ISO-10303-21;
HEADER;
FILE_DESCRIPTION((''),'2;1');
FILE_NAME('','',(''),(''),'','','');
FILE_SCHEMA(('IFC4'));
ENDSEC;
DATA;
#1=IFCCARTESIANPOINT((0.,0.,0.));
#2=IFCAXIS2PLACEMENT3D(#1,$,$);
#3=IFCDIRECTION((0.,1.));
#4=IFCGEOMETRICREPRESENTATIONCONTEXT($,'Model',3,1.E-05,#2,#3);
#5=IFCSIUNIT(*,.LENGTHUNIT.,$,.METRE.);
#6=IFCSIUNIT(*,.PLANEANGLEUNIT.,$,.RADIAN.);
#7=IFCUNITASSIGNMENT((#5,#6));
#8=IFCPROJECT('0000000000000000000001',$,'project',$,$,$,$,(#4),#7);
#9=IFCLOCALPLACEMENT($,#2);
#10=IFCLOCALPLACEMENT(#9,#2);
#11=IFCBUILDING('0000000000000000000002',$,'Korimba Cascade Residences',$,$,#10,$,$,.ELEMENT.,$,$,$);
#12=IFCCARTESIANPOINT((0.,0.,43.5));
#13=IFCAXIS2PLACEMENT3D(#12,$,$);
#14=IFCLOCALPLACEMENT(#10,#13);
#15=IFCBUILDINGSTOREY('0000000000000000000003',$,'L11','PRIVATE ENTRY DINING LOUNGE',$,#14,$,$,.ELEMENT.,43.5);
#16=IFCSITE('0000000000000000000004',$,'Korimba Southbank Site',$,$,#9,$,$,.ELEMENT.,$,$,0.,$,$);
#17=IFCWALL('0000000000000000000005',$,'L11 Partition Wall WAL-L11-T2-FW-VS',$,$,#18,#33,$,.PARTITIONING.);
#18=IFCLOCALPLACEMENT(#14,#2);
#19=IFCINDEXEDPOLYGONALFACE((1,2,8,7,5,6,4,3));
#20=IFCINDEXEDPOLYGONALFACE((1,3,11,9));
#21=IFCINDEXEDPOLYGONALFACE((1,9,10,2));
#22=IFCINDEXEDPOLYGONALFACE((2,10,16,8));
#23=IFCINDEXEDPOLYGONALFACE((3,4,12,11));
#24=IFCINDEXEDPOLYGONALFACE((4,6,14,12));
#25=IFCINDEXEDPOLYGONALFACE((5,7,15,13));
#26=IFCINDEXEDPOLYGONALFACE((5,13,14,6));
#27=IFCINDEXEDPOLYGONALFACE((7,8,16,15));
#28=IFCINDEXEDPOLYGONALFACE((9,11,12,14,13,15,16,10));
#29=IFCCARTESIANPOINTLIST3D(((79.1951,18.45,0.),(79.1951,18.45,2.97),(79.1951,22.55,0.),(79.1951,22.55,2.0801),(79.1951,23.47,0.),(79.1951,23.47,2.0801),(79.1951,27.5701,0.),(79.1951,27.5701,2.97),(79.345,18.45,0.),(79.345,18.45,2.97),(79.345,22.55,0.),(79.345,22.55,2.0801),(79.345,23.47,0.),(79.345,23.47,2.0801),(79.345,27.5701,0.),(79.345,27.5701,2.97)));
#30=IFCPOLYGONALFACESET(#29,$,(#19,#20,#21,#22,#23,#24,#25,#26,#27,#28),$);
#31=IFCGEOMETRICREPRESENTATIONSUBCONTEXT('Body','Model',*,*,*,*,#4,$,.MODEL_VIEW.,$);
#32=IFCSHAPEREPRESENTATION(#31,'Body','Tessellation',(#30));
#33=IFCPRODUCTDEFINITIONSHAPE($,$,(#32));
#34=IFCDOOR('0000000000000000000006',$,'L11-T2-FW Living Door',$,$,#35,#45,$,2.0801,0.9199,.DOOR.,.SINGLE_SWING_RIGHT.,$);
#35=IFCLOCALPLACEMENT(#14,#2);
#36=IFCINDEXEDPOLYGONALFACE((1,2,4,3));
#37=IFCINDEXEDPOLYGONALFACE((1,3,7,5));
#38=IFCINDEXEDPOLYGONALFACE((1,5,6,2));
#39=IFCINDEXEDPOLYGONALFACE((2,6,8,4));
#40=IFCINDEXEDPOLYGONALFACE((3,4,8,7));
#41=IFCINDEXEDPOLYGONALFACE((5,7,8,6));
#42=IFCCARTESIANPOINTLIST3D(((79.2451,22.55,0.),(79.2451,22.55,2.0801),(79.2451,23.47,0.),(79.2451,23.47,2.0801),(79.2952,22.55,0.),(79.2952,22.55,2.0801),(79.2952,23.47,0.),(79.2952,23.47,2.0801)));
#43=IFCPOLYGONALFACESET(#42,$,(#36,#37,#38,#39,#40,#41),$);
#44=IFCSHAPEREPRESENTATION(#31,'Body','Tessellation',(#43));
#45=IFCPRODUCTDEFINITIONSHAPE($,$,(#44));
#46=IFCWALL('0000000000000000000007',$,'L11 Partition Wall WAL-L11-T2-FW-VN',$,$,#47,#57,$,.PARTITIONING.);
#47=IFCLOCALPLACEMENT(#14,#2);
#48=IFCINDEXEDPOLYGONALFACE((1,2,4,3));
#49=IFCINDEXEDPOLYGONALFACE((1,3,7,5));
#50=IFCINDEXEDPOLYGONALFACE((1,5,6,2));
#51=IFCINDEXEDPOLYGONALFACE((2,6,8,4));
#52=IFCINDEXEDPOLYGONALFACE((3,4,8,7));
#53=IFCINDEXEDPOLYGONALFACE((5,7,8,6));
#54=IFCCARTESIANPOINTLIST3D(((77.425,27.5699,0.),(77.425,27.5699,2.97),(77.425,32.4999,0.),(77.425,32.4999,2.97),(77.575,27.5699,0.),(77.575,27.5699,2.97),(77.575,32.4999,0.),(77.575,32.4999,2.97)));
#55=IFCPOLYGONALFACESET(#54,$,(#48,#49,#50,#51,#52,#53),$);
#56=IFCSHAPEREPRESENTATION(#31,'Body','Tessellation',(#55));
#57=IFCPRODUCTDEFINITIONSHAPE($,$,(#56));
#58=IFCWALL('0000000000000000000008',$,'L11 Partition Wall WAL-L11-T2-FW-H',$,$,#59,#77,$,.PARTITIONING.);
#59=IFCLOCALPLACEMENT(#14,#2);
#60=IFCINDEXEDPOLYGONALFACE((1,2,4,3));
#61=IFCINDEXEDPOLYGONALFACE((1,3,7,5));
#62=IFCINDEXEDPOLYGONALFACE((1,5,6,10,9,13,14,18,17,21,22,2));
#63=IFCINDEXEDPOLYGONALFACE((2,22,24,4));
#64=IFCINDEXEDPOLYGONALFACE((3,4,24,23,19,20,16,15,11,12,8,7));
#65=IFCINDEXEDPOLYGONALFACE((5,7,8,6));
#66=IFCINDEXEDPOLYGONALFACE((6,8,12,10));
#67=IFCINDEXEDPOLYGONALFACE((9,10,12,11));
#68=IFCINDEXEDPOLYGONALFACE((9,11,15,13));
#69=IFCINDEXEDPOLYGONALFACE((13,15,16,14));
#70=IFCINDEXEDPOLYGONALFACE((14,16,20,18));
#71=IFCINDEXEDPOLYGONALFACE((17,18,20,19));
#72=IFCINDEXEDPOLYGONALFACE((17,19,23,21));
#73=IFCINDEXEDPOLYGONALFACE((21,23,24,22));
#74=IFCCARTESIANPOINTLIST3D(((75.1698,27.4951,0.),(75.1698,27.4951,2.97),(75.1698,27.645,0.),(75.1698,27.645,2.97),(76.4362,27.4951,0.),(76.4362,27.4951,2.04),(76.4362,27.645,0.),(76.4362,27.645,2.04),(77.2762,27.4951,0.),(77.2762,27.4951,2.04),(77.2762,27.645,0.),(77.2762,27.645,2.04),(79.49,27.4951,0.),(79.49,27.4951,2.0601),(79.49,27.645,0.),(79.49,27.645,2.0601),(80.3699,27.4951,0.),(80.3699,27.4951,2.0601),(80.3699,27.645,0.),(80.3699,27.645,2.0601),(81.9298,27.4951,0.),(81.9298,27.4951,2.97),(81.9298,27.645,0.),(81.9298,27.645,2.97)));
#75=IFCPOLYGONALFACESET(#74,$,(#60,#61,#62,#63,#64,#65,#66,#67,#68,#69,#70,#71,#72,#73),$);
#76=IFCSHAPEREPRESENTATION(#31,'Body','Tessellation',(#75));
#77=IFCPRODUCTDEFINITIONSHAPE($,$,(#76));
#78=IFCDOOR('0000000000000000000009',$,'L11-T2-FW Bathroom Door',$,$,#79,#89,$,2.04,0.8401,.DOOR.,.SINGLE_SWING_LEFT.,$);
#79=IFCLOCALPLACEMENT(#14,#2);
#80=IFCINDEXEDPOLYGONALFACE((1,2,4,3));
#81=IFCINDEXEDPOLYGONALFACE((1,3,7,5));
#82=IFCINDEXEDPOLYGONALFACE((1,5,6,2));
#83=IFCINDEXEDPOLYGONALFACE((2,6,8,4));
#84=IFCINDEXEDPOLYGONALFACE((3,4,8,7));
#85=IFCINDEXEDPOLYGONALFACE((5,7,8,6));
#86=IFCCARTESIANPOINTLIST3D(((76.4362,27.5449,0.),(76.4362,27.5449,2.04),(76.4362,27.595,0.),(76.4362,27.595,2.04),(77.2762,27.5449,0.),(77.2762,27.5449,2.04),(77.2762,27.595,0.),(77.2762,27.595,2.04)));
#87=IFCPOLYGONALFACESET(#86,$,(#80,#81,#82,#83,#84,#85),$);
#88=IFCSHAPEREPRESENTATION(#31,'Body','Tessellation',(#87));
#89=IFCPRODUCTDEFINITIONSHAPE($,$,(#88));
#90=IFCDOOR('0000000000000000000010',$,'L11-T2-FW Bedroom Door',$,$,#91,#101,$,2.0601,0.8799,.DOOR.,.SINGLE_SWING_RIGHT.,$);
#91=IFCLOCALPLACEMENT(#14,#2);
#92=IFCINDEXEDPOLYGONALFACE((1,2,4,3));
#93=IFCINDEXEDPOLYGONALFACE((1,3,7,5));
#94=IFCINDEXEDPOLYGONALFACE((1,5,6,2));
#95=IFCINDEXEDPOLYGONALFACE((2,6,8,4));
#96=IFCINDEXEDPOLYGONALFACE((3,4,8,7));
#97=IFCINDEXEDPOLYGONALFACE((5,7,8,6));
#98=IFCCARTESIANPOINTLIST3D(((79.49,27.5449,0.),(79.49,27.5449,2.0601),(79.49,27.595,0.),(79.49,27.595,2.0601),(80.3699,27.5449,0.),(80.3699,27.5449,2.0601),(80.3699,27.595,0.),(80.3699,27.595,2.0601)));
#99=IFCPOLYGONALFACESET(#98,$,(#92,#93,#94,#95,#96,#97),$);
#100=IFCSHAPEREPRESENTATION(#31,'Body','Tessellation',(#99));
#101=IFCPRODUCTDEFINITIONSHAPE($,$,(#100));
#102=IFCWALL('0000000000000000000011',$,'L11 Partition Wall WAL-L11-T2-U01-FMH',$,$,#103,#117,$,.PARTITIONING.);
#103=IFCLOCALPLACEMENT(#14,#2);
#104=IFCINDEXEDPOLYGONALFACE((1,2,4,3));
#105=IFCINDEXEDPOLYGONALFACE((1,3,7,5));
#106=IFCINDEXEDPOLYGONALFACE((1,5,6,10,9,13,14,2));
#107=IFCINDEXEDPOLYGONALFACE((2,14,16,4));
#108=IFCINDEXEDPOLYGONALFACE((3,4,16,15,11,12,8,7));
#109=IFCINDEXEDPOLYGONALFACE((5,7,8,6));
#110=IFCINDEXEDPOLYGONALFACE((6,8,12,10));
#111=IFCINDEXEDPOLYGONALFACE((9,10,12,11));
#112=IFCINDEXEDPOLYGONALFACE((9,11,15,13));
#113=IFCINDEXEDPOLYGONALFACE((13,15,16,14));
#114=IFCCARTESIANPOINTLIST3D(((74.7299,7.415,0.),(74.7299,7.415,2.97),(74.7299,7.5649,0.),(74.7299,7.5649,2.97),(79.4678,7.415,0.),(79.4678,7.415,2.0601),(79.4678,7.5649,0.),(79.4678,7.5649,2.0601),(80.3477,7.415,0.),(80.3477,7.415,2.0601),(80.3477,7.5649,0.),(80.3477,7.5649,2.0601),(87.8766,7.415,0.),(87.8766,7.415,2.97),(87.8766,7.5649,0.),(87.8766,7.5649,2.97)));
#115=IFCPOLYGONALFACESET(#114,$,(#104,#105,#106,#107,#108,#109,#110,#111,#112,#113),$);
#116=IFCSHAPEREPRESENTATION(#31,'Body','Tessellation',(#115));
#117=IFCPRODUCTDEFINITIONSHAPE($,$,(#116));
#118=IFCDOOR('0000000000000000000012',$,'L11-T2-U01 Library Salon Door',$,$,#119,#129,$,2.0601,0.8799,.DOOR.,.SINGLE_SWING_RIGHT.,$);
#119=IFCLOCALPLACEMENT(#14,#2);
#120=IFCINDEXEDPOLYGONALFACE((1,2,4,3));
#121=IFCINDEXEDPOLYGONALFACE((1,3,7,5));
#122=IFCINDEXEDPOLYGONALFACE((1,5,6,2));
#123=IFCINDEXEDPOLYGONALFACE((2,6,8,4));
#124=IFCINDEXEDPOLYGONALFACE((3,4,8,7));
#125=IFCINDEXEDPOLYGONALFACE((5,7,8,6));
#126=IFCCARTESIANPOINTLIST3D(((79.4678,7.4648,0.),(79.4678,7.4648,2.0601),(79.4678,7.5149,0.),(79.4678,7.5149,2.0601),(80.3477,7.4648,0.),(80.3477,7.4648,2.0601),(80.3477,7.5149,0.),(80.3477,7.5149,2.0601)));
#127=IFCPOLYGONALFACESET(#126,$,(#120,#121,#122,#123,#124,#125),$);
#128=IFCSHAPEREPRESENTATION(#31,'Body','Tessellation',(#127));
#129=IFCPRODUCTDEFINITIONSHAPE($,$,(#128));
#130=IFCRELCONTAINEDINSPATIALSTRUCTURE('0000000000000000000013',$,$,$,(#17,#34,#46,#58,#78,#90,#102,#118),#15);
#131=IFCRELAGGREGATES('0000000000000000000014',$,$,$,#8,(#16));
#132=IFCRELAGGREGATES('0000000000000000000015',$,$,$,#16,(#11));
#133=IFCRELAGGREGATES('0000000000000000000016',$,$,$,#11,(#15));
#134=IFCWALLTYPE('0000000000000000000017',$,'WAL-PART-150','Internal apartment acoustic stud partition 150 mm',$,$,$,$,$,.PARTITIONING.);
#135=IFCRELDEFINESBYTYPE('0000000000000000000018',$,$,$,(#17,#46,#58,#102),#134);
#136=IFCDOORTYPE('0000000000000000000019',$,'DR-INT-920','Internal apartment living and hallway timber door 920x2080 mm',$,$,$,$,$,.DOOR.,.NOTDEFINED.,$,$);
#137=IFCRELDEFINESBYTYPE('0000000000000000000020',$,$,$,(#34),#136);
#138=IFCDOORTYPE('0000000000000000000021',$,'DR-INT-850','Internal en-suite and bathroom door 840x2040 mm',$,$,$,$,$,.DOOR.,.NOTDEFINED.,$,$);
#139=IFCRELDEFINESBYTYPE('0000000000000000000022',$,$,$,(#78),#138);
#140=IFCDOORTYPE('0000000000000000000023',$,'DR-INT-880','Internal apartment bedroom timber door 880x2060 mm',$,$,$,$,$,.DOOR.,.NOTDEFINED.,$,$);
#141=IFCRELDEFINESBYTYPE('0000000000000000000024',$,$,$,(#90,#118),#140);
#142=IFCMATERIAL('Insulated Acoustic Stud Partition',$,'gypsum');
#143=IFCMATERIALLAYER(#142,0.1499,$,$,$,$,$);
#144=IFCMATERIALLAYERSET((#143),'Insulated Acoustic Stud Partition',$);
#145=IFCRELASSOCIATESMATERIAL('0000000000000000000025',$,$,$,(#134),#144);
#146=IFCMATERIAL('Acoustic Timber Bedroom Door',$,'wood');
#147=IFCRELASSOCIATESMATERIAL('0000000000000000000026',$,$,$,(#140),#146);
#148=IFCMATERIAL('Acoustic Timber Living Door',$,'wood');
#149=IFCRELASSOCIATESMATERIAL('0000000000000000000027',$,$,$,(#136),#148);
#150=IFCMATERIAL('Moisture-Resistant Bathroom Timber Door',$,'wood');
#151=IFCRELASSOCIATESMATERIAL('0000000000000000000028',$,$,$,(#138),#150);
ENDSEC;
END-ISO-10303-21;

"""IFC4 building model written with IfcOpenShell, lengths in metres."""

from ifc_helpers import new_model, si_unit, direction, frame, frame_2d, origin, place, context, subcontext, project, spatial, rectangle, extrude, material, layer, layer_set, type_object, element, fill, save


model = new_model("IFC4")

# Units and contexts
model_context = context("Model", 3, precision=1e-05, world=origin(), true_north=direction((0.0, 1.0)))
body_context = subcontext(model_context, "Body", "Model", "MODEL_VIEW")
ifc_project = project(units=[si_unit("LENGTHUNIT", "METRE"), si_unit("PLANEANGLEUNIT", "RADIAN")], contexts=[model_context])

# Site, building, storey
site_placement = place(None, origin())
site = spatial("IfcSite", under=ifc_project, at=site_placement, Name="Korimba Southbank Site", CompositionType="ELEMENT", RefElevation=0.0)
building_placement = place(site_placement, origin())
building = spatial("IfcBuilding", under=site, at=building_placement, Name="Korimba Cascade Residences", CompositionType="ELEMENT")
storey_placement = place(building_placement, frame((0.0, 0.0, 43.5)))
storey = spatial("IfcBuildingStorey", under=building, at=storey_placement, Name="L11", Description="PRIVATE ENTRY DINING LOUNGE", CompositionType="ELEMENT", Elevation=43.5)

# Shared definitions
ifc_material_1 = material(Name="Insulated Acoustic Stud Partition", Category="gypsum")
ifc_layer_1 = layer(ifc_material_1, 0.1499)
ifc_layer_set_1 = layer_set([ifc_layer_1], Name="Insulated Acoustic Stud Partition")
wall_type_1 = type_object("IfcWallType", Name="WAL-PART-150", Description="Internal apartment acoustic stud partition 150 mm", PredefinedType="PARTITIONING", material=ifc_layer_set_1)

# Wall, opening, door
ifc_material_2 = material(Name="Acoustic Timber Bedroom Door", Category="wood")
door_type_1 = type_object("IfcDoorType", Name="DR-INT-880", Description="Internal apartment bedroom timber door 880x2060 mm", OperationType="NOTDEFINED", PredefinedType="DOOR", material=ifc_material_2)
wall_1_placement = place(storey_placement, frame((79.27, 18.45, 0.0), z_axis=(0.0, 0.0, 1.0), x_axis=(0.0, 1.0, 0.0)))
wall_1 = element("IfcWall", 1, at=wall_1_placement, inside=storey, type_object=wall_type_1, Name="L11 Partition Wall WAL-L11-T2-FW-VS", PredefinedType="PARTITIONING", context=body_context, shape_type="SweptSolid", body=[
    extrude(rectangle(XDim=9.1201, YDim=0.1499, at=frame_2d((4.5601, 0.0))), origin(), (0.0, 0.0, 1.0), 2.97),
])
opening_1_placement = place(wall_1_placement, frame((4.1001, 0.0, 0.0)))
opening_1 = element("IfcOpeningElement", 2, at=opening_1_placement, cuts=wall_1, PredefinedType="OPENING", context=body_context, shape_type="SweptSolid", body=[
    extrude(rectangle(XDim=0.9199, YDim=2.0801, at=frame_2d((0.46, 1.04))), frame((0.0, 0.085, 0.0), z_axis=(0.0, -1.0, 0.0), x_axis=(1.0, 0.0, 0.0)), (0.0, 0.0, 1.0), 0.1699),
])
ifc_material_3 = material(Name="Acoustic Timber Living Door", Category="wood")
door_type_2 = type_object("IfcDoorType", Name="DR-INT-920", Description="Internal apartment living and hallway timber door 920x2080 mm", OperationType="NOTDEFINED", PredefinedType="DOOR", material=ifc_material_3)
door_1_placement = place(opening_1_placement, origin())
door_1 = element("IfcDoor", 3, at=door_1_placement, inside=storey, type_object=door_type_2, Name="L11-T2-FW Living Door", OperationType="SINGLE_SWING_RIGHT", OverallHeight=2.0801, OverallWidth=0.9199, PredefinedType="DOOR", context=body_context, shape_type="SweptSolid", body=[
    extrude(rectangle(XDim=0.9199, YDim=2.0801, at=frame_2d((0.46, 1.04))), frame((0.0, 0.0249, 0.0), z_axis=(0.0, -1.0, 0.0), x_axis=(1.0, 0.0, 0.0)), (0.0, 0.0, 1.0), 0.05),
])
fill(opening_1, door_1)

# Wall
wall_2_placement = place(storey_placement, frame((77.5, 27.5701, 0.0), z_axis=(0.0, 0.0, 1.0), x_axis=(0.0, 1.0, 0.0)))
element("IfcWall", 4, at=wall_2_placement, inside=storey, type_object=wall_type_1, Name="L11 Partition Wall WAL-L11-T2-FW-VN", PredefinedType="PARTITIONING", context=body_context, shape_type="SweptSolid", body=[
    extrude(rectangle(XDim=4.9299, YDim=0.1499, at=frame_2d((2.4648, 0.0))), origin(), (0.0, 0.0, 1.0), 2.97),
])

# Wall, openings, doors
wall_3_placement = place(storey_placement, frame((75.1699, 27.5701, 0.0), z_axis=(0.0, 0.0, 1.0), x_axis=(1.0, 0.0, 0.0)))
wall_3 = element("IfcWall", 5, at=wall_3_placement, inside=storey, type_object=wall_type_1, Name="L11 Partition Wall WAL-L11-T2-FW-H", PredefinedType="PARTITIONING", context=body_context, shape_type="SweptSolid", body=[
    extrude(rectangle(XDim=6.76, YDim=0.1499, at=frame_2d((3.3799, 0.0))), origin(), (0.0, 0.0, 1.0), 2.97),
])
opening_2_placement = place(wall_3_placement, frame((1.2664, 0.0, 0.0)))
opening_2 = element("IfcOpeningElement", 6, at=opening_2_placement, cuts=wall_3, PredefinedType="OPENING", context=body_context, shape_type="SweptSolid", body=[
    extrude(rectangle(XDim=0.8401, YDim=2.04, at=frame_2d((0.4199, 1.02))), frame((0.0, 0.085, 0.0), z_axis=(0.0, -1.0, 0.0), x_axis=(1.0, 0.0, 0.0)), (0.0, 0.0, 1.0), 0.1699),
])
opening_3_placement = place(wall_3_placement, frame((4.3201, 0.0, 0.0)))
opening_3 = element("IfcOpeningElement", 7, at=opening_3_placement, cuts=wall_3, PredefinedType="OPENING", context=body_context, shape_type="SweptSolid", body=[
    extrude(rectangle(XDim=0.8799, YDim=2.0601, at=frame_2d((0.4399, 1.03))), frame((0.0, 0.085, 0.0), z_axis=(0.0, -1.0, 0.0), x_axis=(1.0, 0.0, 0.0)), (0.0, 0.0, 1.0), 0.1699),
])
ifc_material_4 = material(Name="Moisture-Resistant Bathroom Timber Door", Category="wood")
door_type_3 = type_object("IfcDoorType", Name="DR-INT-850", Description="Internal en-suite and bathroom door 840x2040 mm", OperationType="NOTDEFINED", PredefinedType="DOOR", material=ifc_material_4)
door_2_placement = place(opening_2_placement, origin())
door_2 = element("IfcDoor", 8, at=door_2_placement, inside=storey, type_object=door_type_3, Name="L11-T2-FW Bathroom Door", OperationType="SINGLE_SWING_LEFT", OverallHeight=2.04, OverallWidth=0.8401, PredefinedType="DOOR", context=body_context, shape_type="SweptSolid", body=[
    extrude(rectangle(XDim=0.8401, YDim=2.04, at=frame_2d((0.4199, 1.02))), frame((0.0, 0.0249, 0.0), z_axis=(0.0, -1.0, 0.0), x_axis=(1.0, 0.0, 0.0)), (0.0, 0.0, 1.0), 0.05),
])
fill(opening_2, door_2)
door_3_placement = place(opening_3_placement, origin())
door_3 = element("IfcDoor", 9, at=door_3_placement, inside=storey, type_object=door_type_1, Name="L11-T2-FW Bedroom Door", OperationType="SINGLE_SWING_RIGHT", OverallHeight=2.0601, OverallWidth=0.8799, PredefinedType="DOOR", context=body_context, shape_type="SweptSolid", body=[
    extrude(rectangle(XDim=0.8799, YDim=2.0601, at=frame_2d((0.4399, 1.03))), frame((0.0, 0.0249, 0.0), z_axis=(0.0, -1.0, 0.0), x_axis=(1.0, 0.0, 0.0)), (0.0, 0.0, 1.0), 0.05),
])
fill(opening_3, door_3)

# Wall, opening, door
wall_4_placement = place(storey_placement, frame((74.73, 7.49, 0.0), z_axis=(0.0, 0.0, 1.0), x_axis=(1.0, 0.0, 0.0)))
wall_4 = element("IfcWall", 10, at=wall_4_placement, inside=storey, type_object=wall_type_1, Name="L11 Partition Wall WAL-L11-T2-U01-FMH", PredefinedType="PARTITIONING", context=body_context, shape_type="SweptSolid", body=[
    extrude(rectangle(XDim=13.1467, YDim=0.1499, at=frame_2d((6.5732, 0.0))), origin(), (0.0, 0.0, 1.0), 2.97),
])
opening_4_placement = place(wall_4_placement, frame((4.7378, 0.0, 0.0)))
opening_4 = element("IfcOpeningElement", 11, at=opening_4_placement, cuts=wall_4, PredefinedType="OPENING", context=body_context, shape_type="SweptSolid", body=[
    extrude(rectangle(XDim=0.8799, YDim=2.0601, at=frame_2d((0.4399, 1.03))), frame((0.0, 0.085, 0.0), z_axis=(0.0, -1.0, 0.0), x_axis=(1.0, 0.0, 0.0)), (0.0, 0.0, 1.0), 0.1699),
])
door_4_placement = place(opening_4_placement, origin())
door_4 = element("IfcDoor", 12, at=door_4_placement, inside=storey, type_object=door_type_1, Name="L11-T2-U01 Library Salon Door", OperationType="SINGLE_SWING_RIGHT", OverallHeight=2.0601, OverallWidth=0.8799, PredefinedType="DOOR", context=body_context, shape_type="SweptSolid", body=[
    extrude(rectangle(XDim=0.8799, YDim=2.0601, at=frame_2d((0.4399, 1.03))), frame((0.0, 0.0249, 0.0), z_axis=(0.0, -1.0, 0.0), x_axis=(1.0, 0.0, 0.0)), (0.0, 0.0, 1.0), 0.05),
])
fill(opening_4, door_4)

save(model, "model.ifc")
